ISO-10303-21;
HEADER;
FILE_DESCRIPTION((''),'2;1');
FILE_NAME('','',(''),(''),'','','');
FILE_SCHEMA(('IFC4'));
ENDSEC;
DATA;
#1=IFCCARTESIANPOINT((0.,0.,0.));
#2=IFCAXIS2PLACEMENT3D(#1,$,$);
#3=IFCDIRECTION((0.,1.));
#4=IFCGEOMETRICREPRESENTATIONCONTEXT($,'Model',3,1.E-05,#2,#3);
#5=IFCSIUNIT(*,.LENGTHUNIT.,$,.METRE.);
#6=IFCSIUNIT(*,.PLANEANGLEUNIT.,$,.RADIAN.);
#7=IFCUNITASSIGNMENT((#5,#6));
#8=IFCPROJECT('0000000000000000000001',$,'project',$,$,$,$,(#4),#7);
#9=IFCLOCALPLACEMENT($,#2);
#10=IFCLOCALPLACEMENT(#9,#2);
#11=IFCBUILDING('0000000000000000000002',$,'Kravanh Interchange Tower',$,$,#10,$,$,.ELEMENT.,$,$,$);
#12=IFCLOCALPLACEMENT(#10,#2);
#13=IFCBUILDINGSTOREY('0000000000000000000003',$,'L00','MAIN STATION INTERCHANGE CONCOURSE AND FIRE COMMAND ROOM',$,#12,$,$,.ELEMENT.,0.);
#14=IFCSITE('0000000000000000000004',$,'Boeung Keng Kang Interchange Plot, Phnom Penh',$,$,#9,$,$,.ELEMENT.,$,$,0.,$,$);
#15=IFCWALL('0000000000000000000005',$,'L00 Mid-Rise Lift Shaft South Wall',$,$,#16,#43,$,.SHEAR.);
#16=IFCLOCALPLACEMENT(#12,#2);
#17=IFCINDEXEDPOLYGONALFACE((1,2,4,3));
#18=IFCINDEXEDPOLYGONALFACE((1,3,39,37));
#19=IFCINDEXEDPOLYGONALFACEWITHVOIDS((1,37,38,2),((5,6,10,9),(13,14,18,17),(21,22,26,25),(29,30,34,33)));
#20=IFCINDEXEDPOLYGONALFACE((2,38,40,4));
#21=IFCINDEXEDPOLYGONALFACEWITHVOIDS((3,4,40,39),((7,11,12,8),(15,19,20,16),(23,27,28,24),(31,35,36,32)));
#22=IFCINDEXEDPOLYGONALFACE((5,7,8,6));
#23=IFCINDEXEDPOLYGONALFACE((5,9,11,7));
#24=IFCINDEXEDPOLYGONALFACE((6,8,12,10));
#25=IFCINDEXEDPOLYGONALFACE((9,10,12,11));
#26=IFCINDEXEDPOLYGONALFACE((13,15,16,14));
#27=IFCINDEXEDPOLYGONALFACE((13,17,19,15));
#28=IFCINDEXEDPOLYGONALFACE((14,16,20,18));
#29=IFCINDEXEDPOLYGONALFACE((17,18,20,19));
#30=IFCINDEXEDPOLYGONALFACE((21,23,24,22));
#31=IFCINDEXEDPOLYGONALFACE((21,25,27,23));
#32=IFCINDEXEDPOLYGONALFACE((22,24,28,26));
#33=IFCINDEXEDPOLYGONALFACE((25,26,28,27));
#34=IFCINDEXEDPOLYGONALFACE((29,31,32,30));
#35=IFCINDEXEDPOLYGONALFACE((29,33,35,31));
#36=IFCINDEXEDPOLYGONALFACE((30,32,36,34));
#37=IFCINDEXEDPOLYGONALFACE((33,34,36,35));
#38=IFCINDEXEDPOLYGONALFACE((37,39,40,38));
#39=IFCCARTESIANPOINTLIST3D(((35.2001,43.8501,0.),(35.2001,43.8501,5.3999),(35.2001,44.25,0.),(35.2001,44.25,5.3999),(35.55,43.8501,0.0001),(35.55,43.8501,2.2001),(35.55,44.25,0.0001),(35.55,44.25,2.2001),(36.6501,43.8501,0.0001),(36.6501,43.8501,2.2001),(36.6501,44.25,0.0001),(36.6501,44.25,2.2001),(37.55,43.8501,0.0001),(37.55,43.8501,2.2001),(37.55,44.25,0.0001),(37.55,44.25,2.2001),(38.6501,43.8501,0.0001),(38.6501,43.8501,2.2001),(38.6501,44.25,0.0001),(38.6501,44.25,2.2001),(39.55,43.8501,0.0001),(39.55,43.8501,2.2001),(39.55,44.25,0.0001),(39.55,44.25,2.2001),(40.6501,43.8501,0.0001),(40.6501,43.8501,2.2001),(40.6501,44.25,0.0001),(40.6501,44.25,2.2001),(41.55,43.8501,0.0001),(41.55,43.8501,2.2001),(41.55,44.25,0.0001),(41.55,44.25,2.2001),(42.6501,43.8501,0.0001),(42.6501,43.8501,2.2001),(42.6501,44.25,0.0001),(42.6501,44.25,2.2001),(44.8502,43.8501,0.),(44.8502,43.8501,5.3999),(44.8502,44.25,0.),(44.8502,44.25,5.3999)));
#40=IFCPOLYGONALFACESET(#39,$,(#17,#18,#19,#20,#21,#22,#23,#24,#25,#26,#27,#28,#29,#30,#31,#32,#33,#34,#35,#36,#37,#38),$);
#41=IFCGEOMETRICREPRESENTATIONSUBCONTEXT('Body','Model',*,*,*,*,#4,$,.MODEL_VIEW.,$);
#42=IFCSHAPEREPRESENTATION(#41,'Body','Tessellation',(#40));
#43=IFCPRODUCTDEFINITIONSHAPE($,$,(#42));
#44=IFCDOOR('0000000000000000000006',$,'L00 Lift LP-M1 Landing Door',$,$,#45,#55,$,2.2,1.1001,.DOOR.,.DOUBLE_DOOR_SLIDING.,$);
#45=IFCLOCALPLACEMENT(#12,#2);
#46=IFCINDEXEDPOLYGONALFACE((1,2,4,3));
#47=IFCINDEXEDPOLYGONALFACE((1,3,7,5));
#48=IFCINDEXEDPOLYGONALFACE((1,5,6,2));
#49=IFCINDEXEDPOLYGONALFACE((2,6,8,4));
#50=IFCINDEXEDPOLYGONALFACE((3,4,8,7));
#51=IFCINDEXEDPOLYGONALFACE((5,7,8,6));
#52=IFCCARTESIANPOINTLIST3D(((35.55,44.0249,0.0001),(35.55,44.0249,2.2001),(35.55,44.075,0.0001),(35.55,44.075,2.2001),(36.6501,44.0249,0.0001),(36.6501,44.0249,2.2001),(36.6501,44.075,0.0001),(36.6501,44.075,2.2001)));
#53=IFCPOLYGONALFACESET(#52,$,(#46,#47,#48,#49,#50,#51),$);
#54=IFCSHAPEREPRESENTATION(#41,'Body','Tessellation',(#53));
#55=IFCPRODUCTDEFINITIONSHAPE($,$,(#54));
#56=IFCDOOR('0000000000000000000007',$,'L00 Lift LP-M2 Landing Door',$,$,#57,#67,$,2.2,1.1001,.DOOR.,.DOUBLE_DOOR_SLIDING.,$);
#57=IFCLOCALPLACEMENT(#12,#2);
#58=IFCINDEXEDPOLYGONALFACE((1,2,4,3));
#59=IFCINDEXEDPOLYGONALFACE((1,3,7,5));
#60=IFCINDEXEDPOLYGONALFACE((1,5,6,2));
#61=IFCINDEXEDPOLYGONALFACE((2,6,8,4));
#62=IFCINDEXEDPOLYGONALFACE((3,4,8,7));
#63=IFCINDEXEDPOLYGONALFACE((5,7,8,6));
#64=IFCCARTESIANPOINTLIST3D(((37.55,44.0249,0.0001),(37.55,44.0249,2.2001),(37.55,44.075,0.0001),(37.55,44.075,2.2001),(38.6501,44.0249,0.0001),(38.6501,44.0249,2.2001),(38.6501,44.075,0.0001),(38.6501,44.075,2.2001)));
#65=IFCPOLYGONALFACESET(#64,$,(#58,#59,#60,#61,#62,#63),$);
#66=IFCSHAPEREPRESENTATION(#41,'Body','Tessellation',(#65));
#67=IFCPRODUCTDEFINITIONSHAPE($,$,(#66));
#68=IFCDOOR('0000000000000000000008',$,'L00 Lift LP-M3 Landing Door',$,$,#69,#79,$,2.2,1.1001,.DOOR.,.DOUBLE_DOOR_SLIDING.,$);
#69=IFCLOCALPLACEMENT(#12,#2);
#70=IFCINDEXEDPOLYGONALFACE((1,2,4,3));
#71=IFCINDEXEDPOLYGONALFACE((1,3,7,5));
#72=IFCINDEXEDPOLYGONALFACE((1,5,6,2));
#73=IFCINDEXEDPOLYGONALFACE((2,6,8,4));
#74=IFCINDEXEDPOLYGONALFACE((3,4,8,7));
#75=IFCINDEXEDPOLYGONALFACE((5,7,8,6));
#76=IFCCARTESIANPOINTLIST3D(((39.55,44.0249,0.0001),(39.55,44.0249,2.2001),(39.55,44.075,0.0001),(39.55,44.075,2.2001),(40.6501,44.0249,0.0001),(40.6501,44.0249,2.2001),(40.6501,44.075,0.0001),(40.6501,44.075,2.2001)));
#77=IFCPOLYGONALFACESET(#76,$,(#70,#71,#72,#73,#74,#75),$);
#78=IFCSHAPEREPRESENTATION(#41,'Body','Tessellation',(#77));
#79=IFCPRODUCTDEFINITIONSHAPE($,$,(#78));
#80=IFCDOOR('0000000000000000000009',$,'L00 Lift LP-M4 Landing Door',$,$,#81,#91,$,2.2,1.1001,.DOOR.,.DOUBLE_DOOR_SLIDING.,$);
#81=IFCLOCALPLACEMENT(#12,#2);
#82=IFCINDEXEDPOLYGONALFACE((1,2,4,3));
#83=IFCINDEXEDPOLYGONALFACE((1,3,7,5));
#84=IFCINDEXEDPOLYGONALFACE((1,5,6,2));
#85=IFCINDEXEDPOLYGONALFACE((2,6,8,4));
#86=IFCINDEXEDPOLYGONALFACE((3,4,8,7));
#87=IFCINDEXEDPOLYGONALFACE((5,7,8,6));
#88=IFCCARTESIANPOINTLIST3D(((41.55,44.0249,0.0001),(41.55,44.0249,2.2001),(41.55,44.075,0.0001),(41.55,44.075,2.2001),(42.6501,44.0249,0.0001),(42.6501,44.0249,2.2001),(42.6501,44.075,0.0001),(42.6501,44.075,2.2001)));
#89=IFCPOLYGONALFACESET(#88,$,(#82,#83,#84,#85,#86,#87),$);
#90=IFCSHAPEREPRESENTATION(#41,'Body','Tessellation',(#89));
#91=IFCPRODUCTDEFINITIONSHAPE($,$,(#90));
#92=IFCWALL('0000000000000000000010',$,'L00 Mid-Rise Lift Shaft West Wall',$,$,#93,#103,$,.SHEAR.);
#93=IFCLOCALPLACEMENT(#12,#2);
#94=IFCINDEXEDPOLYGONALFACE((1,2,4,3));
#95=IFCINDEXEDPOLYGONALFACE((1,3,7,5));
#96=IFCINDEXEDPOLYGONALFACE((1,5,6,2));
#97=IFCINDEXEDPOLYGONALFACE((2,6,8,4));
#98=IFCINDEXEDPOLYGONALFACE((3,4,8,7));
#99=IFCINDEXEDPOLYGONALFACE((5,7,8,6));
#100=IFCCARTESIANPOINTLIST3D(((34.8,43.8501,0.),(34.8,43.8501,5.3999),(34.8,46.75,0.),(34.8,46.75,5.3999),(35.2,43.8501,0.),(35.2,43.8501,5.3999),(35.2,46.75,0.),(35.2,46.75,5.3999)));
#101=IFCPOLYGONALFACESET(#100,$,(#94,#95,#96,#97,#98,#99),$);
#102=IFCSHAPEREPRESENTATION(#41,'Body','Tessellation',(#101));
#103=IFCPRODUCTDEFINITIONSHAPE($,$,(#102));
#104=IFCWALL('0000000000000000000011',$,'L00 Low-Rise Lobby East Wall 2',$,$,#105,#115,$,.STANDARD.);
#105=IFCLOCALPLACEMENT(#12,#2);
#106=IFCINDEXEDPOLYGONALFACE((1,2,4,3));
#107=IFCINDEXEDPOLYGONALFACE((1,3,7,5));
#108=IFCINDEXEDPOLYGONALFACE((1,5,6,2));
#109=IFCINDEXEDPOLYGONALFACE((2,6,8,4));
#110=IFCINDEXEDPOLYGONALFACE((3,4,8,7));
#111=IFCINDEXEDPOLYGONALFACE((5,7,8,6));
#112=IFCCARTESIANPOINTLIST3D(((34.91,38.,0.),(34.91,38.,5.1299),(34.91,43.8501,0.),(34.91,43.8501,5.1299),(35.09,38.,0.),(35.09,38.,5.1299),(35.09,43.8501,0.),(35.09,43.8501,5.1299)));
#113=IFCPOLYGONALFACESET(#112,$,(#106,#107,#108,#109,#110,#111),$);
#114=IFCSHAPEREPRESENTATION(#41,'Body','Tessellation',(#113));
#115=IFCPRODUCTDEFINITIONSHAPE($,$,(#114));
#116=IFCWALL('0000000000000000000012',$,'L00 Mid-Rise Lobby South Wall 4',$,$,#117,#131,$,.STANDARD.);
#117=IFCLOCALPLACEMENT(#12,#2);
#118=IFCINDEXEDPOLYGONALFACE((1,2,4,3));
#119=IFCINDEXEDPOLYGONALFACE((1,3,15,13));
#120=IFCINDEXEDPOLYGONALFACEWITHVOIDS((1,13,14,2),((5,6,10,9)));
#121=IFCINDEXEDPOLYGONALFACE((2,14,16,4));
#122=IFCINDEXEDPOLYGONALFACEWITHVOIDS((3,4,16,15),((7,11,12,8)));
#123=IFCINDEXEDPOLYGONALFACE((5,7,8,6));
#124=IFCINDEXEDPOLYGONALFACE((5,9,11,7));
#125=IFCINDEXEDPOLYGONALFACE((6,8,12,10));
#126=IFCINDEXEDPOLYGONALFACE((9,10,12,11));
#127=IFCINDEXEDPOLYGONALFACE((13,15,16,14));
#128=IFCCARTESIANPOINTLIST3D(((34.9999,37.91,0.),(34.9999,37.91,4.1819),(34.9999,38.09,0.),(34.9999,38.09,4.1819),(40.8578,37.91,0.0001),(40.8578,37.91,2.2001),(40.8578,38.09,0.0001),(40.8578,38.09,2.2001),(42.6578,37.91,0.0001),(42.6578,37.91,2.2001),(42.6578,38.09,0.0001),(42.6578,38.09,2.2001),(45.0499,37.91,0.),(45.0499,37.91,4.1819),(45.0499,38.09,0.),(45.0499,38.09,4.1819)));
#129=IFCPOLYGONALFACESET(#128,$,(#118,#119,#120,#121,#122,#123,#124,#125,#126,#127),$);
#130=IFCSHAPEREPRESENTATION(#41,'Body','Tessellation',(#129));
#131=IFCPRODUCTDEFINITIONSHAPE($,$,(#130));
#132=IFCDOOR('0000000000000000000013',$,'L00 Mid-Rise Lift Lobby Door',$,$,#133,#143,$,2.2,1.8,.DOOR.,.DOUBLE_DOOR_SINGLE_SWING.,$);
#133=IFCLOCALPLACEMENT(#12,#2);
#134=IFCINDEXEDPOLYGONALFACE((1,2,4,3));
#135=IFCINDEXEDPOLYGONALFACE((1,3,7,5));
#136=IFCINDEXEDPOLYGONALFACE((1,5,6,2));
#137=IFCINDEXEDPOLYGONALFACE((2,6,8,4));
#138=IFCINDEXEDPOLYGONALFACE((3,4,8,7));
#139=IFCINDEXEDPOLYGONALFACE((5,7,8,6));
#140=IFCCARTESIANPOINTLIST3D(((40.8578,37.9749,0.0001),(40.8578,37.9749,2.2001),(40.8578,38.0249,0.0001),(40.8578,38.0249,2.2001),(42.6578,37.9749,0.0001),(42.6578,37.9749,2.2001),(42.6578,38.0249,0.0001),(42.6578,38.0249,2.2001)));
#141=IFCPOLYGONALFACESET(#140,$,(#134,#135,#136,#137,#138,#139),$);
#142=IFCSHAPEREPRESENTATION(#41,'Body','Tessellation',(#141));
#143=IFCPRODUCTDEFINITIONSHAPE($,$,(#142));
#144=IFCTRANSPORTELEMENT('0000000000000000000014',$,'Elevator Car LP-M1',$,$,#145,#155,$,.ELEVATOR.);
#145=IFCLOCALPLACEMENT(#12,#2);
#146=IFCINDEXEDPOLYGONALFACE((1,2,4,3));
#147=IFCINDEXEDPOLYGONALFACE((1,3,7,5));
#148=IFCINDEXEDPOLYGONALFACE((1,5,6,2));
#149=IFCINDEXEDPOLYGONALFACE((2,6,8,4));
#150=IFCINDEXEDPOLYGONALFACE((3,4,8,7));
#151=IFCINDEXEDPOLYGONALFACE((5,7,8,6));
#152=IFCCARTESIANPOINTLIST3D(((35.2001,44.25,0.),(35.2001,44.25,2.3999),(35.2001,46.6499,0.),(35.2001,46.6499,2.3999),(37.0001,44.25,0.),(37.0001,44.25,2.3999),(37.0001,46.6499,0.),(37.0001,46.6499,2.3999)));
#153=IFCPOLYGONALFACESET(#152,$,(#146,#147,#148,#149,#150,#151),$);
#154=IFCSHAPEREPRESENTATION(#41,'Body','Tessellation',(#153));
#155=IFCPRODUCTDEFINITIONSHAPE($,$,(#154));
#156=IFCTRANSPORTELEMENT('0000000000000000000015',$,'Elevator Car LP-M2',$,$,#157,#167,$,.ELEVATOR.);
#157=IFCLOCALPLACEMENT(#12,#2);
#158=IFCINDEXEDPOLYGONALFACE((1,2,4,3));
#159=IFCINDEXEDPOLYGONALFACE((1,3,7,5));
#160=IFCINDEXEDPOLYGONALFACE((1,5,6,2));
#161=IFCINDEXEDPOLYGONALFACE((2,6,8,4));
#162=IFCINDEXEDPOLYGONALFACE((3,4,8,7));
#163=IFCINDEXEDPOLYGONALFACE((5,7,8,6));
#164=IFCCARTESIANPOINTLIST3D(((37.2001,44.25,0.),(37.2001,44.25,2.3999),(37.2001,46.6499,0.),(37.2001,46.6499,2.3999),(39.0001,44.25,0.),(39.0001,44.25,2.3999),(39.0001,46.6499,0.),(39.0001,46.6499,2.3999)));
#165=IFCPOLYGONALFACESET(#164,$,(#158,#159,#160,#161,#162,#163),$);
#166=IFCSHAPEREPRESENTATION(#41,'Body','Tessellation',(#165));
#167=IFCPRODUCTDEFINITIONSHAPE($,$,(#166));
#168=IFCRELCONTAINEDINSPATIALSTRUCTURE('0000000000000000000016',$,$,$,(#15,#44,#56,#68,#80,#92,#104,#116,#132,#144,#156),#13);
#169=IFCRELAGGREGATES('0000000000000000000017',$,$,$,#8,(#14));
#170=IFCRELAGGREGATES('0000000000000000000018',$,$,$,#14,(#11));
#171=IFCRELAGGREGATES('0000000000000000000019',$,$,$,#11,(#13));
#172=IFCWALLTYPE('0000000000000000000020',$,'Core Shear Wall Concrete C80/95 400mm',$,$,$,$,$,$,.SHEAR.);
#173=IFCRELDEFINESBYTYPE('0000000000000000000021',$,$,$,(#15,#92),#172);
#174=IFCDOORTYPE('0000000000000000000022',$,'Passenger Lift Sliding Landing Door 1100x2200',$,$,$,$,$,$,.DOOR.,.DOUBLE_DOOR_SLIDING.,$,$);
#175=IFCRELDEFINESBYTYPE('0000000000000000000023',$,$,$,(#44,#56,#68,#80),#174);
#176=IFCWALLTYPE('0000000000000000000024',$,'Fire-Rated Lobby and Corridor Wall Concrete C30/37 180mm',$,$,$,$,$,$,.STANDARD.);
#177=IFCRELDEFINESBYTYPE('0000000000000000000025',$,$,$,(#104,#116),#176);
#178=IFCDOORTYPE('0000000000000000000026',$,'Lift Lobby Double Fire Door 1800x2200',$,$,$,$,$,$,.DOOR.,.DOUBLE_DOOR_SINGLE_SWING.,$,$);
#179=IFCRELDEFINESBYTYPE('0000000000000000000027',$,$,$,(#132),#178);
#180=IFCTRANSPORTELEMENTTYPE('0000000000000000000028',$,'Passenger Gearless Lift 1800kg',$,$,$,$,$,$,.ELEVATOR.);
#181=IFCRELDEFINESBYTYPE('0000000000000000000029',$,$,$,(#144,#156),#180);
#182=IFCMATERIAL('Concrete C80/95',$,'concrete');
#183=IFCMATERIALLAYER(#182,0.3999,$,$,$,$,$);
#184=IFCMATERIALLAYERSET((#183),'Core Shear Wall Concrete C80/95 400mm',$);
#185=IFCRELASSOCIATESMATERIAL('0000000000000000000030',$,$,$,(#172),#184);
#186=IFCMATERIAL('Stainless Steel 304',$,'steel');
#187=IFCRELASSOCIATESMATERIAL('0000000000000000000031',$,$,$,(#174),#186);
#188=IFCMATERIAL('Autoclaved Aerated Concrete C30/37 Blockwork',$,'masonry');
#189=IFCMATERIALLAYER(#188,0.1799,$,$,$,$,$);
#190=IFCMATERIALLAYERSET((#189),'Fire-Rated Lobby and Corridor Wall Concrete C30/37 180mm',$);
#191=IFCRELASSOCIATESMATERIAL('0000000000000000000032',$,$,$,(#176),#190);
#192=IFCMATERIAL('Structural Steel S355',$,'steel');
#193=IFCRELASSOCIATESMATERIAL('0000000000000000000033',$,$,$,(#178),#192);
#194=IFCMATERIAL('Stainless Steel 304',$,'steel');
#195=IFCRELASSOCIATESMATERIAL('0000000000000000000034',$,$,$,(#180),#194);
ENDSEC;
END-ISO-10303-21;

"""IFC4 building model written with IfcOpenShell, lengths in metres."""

from ifc_helpers import new_model, si_unit, direction, frame, frame_2d, origin, origin_2d, place, context, subcontext, project, spatial, rectangle, extrude, material, layer, layer_set, type_object, element, fill, save


model = new_model("IFC4")

# Units and contexts
model_context = context("Model", 3, precision=1e-05, world=origin(), true_north=direction((0.0, 1.0)))
body_context = subcontext(model_context, "Body", "Model", "MODEL_VIEW")
ifc_project = project(units=[si_unit("LENGTHUNIT", "METRE"), si_unit("PLANEANGLEUNIT", "RADIAN")], contexts=[model_context])

# Site, building, storey
site_placement = place(None, origin())
site = spatial("IfcSite", under=ifc_project, at=site_placement, Name="Boeung Keng Kang Interchange Plot, Phnom Penh", CompositionType="ELEMENT", RefElevation=0.0)
building_placement = place(site_placement, origin())
building = spatial("IfcBuilding", under=site, at=building_placement, Name="Kravanh Interchange Tower", CompositionType="ELEMENT")
storey_placement = place(building_placement, origin())
storey = spatial("IfcBuildingStorey", under=building, at=storey_placement, Name="L00", Description="MAIN STATION INTERCHANGE CONCOURSE AND FIRE COMMAND ROOM", CompositionType="ELEMENT", Elevation=0.0)

# Wall, openings, doors
ifc_material_1 = material(Name="Concrete C80/95", Category="concrete")
ifc_layer_1 = layer(ifc_material_1, 0.3999)
ifc_layer_set_1 = layer_set([ifc_layer_1], Name="Core Shear Wall Concrete C80/95 400mm")
wall_type_1 = type_object("IfcWallType", Name="Core Shear Wall Concrete C80/95 400mm", PredefinedType="SHEAR", material=ifc_layer_set_1)
wall_1_placement = place(storey_placement, frame((35.2, 44.05, 0.0), z_axis=(0.0, 0.0, 1.0), x_axis=(1.0, 0.0, 0.0)))
wall_1 = element("IfcWall", 1, at=wall_1_placement, inside=storey, type_object=wall_type_1, Name="L00 Mid-Rise Lift Shaft South Wall", PredefinedType="SHEAR", context=body_context, shape_type="SweptSolid", body=[
    extrude(rectangle(XDim=9.6501, YDim=0.3999, at=frame_2d((4.8252, 0.0))), origin(), (0.0, 0.0, 1.0), 5.3999),
])
opening_1_placement = place(wall_1_placement, frame((0.3501, 0.0, 0.0)))
opening_1 = element("IfcOpeningElement", 2, at=opening_1_placement, cuts=wall_1, PredefinedType="OPENING", context=body_context, shape_type="SweptSolid", body=[
    extrude(rectangle(XDim=1.1001, YDim=2.2, at=frame_2d((0.55, 1.1001))), frame((0.0, 0.21, 0.0), z_axis=(0.0, -1.0, 0.0), x_axis=(1.0, 0.0, 0.0)), (0.0, 0.0, 1.0), 0.4199),
])
opening_2_placement = place(wall_1_placement, frame((2.3501, 0.0, 0.0)))
opening_2 = element("IfcOpeningElement", 3, at=opening_2_placement, cuts=wall_1, PredefinedType="OPENING", context=body_context, shape_type="SweptSolid", body=[
    extrude(rectangle(XDim=1.1001, YDim=2.2, at=frame_2d((0.55, 1.1001))), frame((0.0, 0.21, 0.0), z_axis=(0.0, -1.0, 0.0), x_axis=(1.0, 0.0, 0.0)), (0.0, 0.0, 1.0), 0.4199),
])
opening_3_placement = place(wall_1_placement, frame((4.3501, 0.0, 0.0)))
opening_3 = element("IfcOpeningElement", 4, at=opening_3_placement, cuts=wall_1, PredefinedType="OPENING", context=body_context, shape_type="SweptSolid", body=[
    extrude(rectangle(XDim=1.1001, YDim=2.2, at=frame_2d((0.55, 1.1001))), frame((0.0, 0.21, 0.0), z_axis=(0.0, -1.0, 0.0), x_axis=(1.0, 0.0, 0.0)), (0.0, 0.0, 1.0), 0.4199),
])
opening_4_placement = place(wall_1_placement, frame((6.3501, 0.0, 0.0)))
opening_4 = element("IfcOpeningElement", 5, at=opening_4_placement, cuts=wall_1, PredefinedType="OPENING", context=body_context, shape_type="SweptSolid", body=[
    extrude(rectangle(XDim=1.1001, YDim=2.2, at=frame_2d((0.55, 1.1001))), frame((0.0, 0.21, 0.0), z_axis=(0.0, -1.0, 0.0), x_axis=(1.0, 0.0, 0.0)), (0.0, 0.0, 1.0), 0.4199),
])
ifc_material_2 = material(Name="Stainless Steel 304", Category="steel")
door_type_1 = type_object("IfcDoorType", Name="Passenger Lift Sliding Landing Door 1100x2200", OperationType="DOUBLE_DOOR_SLIDING", PredefinedType="DOOR", material=ifc_material_2)
door_1_placement = place(opening_1_placement, origin())
door_1 = element("IfcDoor", 6, at=door_1_placement, inside=storey, type_object=door_type_1, Name="L00 Lift LP-M1 Landing Door", OperationType="DOUBLE_DOOR_SLIDING", OverallHeight=2.2, OverallWidth=1.1001, PredefinedType="DOOR", context=body_context, shape_type="SweptSolid", body=[
    extrude(rectangle(XDim=1.1001, YDim=2.2, at=frame_2d((0.55, 1.1001))), frame((0.0, 0.0249, 0.0), z_axis=(0.0, -1.0, 0.0), x_axis=(1.0, 0.0, 0.0)), (0.0, 0.0, 1.0), 0.05),
])
fill(opening_1, door_1)
door_2_placement = place(opening_2_placement, origin())
door_2 = element("IfcDoor", 7, at=door_2_placement, inside=storey, type_object=door_type_1, Name="L00 Lift LP-M2 Landing Door", OperationType="DOUBLE_DOOR_SLIDING", OverallHeight=2.2, OverallWidth=1.1001, PredefinedType="DOOR", context=body_context, shape_type="SweptSolid", body=[
    extrude(rectangle(XDim=1.1001, YDim=2.2, at=frame_2d((0.55, 1.1001))), frame((0.0, 0.0249, 0.0), z_axis=(0.0, -1.0, 0.0), x_axis=(1.0, 0.0, 0.0)), (0.0, 0.0, 1.0), 0.05),
])
fill(opening_2, door_2)
door_3_placement = place(opening_3_placement, origin())
door_3 = element("IfcDoor", 8, at=door_3_placement, inside=storey, type_object=door_type_1, Name="L00 Lift LP-M3 Landing Door", OperationType="DOUBLE_DOOR_SLIDING", OverallHeight=2.2, OverallWidth=1.1001, PredefinedType="DOOR", context=body_context, shape_type="SweptSolid", body=[
    extrude(rectangle(XDim=1.1001, YDim=2.2, at=frame_2d((0.55, 1.1001))), frame((0.0, 0.0249, 0.0), z_axis=(0.0, -1.0, 0.0), x_axis=(1.0, 0.0, 0.0)), (0.0, 0.0, 1.0), 0.05),
])
fill(opening_3, door_3)
door_4_placement = place(opening_4_placement, origin())
door_4 = element("IfcDoor", 9, at=door_4_placement, inside=storey, type_object=door_type_1, Name="L00 Lift LP-M4 Landing Door", OperationType="DOUBLE_DOOR_SLIDING", OverallHeight=2.2, OverallWidth=1.1001, PredefinedType="DOOR", context=body_context, shape_type="SweptSolid", body=[
    extrude(rectangle(XDim=1.1001, YDim=2.2, at=frame_2d((0.55, 1.1001))), frame((0.0, 0.0249, 0.0), z_axis=(0.0, -1.0, 0.0), x_axis=(1.0, 0.0, 0.0)), (0.0, 0.0, 1.0), 0.05),
])
fill(opening_4, door_4)

# Walls
wall_2_placement = place(storey_placement, frame((35.0, 43.8501, 0.0), z_axis=(0.0, 0.0, 1.0), x_axis=(0.0, 1.0, 0.0)))
element("IfcWall", 10, at=wall_2_placement, inside=storey, type_object=wall_type_1, Name="L00 Mid-Rise Lift Shaft West Wall", PredefinedType="SHEAR", context=body_context, shape_type="SweptSolid", body=[
    extrude(rectangle(XDim=2.8999, YDim=0.3999, at=frame_2d((1.45, 0.0))), origin(), (0.0, 0.0, 1.0), 5.3999),
])
ifc_material_3 = material(Name="Autoclaved Aerated Concrete C30/37 Blockwork", Category="masonry")
ifc_layer_2 = layer(ifc_material_3, 0.1799)
ifc_layer_set_2 = layer_set([ifc_layer_2], Name="Fire-Rated Lobby and Corridor Wall Concrete C30/37 180mm")
wall_type_2 = type_object("IfcWallType", Name="Fire-Rated Lobby and Corridor Wall Concrete C30/37 180mm", PredefinedType="STANDARD", material=ifc_layer_set_2)
wall_3_placement = place(storey_placement, frame((35.0, 38.0, 0.0), z_axis=(0.0, 0.0, 1.0), x_axis=(0.0, 1.0, 0.0)))
element("IfcWall", 11, at=wall_3_placement, inside=storey, type_object=wall_type_2, Name="L00 Low-Rise Lobby East Wall 2", PredefinedType="STANDARD", context=body_context, shape_type="SweptSolid", body=[
    extrude(rectangle(XDim=5.8501, YDim=0.1799, at=frame_2d((2.925, 0.0))), origin(), (0.0, 0.0, 1.0), 5.1299),
])

# Wall, opening, door
wall_4_placement = place(storey_placement, frame((35.0, 38.0, 0.0), z_axis=(0.0, 0.0, 1.0), x_axis=(1.0, 0.0, 0.0)))
wall_4 = element("IfcWall", 12, at=wall_4_placement, inside=storey, type_object=wall_type_2, Name="L00 Mid-Rise Lobby South Wall 4", PredefinedType="STANDARD", context=body_context, shape_type="SweptSolid", body=[
    extrude(rectangle(XDim=10.05, YDim=0.1799, at=frame_2d((5.0249, 0.0))), origin(), (0.0, 0.0, 1.0), 4.1819),
])
opening_5_placement = place(wall_4_placement, frame((5.8579, 0.0, 0.0)))
opening_5 = element("IfcOpeningElement", 13, at=opening_5_placement, cuts=wall_4, PredefinedType="OPENING", context=body_context, shape_type="SweptSolid", body=[
    extrude(rectangle(XDim=1.8, YDim=2.2, at=frame_2d((0.8999, 1.1001))), frame((0.0, 0.1001, 0.0), z_axis=(0.0, -1.0, 0.0), x_axis=(1.0, 0.0, 0.0)), (0.0, 0.0, 1.0), 0.2),
])
ifc_material_4 = material(Name="Structural Steel S355", Category="steel")
door_type_2 = type_object("IfcDoorType", Name="Lift Lobby Double Fire Door 1800x2200", OperationType="DOUBLE_DOOR_SINGLE_SWING", PredefinedType="DOOR", material=ifc_material_4)
door_5_placement = place(opening_5_placement, origin())
door_5 = element("IfcDoor", 14, at=door_5_placement, inside=storey, type_object=door_type_2, Name="L00 Mid-Rise Lift Lobby Door", OperationType="DOUBLE_DOOR_SINGLE_SWING", OverallHeight=2.2, OverallWidth=1.8, PredefinedType="DOOR", context=body_context, shape_type="SweptSolid", body=[
    extrude(rectangle(XDim=1.8, YDim=2.2, at=frame_2d((0.8999, 1.1001))), frame((0.0, 0.0249, 0.0), z_axis=(0.0, -1.0, 0.0), x_axis=(1.0, 0.0, 0.0)), (0.0, 0.0, 1.0), 0.05),
])
fill(opening_5, door_5)

# Transport elements
ifc_material_5 = material(Name="Stainless Steel 304", Category="steel")
transport_element_type = type_object("IfcTransportElementType", Name="Passenger Gearless Lift 1800kg", PredefinedType="ELEVATOR", material=ifc_material_5)
for number, where, z_axis, x_axis, name in (
    (15, (36.1001, 45.45, 0.0), (0.0, 0.0, 1.0), (1.0, 0.0, 0.0), "Elevator Car LP-M1"),
    (16, (38.1001, 45.45, 0.0), (0.0, 0.0, 1.0), (1.0, 0.0, 0.0), "Elevator Car LP-M2"),
):
    element("IfcTransportElement", number, at=place(storey_placement, frame(where, z_axis=z_axis, x_axis=x_axis)), inside=storey, type_object=transport_element_type, Name=name, PredefinedType="ELEVATOR", context=body_context, shape_type="SweptSolid", body=[
        extrude(rectangle(XDim=1.8, YDim=2.3999, at=origin_2d()), origin(), (0.0, 0.0, 1.0), 2.3999),
    ])

save(model, "model.ifc")
